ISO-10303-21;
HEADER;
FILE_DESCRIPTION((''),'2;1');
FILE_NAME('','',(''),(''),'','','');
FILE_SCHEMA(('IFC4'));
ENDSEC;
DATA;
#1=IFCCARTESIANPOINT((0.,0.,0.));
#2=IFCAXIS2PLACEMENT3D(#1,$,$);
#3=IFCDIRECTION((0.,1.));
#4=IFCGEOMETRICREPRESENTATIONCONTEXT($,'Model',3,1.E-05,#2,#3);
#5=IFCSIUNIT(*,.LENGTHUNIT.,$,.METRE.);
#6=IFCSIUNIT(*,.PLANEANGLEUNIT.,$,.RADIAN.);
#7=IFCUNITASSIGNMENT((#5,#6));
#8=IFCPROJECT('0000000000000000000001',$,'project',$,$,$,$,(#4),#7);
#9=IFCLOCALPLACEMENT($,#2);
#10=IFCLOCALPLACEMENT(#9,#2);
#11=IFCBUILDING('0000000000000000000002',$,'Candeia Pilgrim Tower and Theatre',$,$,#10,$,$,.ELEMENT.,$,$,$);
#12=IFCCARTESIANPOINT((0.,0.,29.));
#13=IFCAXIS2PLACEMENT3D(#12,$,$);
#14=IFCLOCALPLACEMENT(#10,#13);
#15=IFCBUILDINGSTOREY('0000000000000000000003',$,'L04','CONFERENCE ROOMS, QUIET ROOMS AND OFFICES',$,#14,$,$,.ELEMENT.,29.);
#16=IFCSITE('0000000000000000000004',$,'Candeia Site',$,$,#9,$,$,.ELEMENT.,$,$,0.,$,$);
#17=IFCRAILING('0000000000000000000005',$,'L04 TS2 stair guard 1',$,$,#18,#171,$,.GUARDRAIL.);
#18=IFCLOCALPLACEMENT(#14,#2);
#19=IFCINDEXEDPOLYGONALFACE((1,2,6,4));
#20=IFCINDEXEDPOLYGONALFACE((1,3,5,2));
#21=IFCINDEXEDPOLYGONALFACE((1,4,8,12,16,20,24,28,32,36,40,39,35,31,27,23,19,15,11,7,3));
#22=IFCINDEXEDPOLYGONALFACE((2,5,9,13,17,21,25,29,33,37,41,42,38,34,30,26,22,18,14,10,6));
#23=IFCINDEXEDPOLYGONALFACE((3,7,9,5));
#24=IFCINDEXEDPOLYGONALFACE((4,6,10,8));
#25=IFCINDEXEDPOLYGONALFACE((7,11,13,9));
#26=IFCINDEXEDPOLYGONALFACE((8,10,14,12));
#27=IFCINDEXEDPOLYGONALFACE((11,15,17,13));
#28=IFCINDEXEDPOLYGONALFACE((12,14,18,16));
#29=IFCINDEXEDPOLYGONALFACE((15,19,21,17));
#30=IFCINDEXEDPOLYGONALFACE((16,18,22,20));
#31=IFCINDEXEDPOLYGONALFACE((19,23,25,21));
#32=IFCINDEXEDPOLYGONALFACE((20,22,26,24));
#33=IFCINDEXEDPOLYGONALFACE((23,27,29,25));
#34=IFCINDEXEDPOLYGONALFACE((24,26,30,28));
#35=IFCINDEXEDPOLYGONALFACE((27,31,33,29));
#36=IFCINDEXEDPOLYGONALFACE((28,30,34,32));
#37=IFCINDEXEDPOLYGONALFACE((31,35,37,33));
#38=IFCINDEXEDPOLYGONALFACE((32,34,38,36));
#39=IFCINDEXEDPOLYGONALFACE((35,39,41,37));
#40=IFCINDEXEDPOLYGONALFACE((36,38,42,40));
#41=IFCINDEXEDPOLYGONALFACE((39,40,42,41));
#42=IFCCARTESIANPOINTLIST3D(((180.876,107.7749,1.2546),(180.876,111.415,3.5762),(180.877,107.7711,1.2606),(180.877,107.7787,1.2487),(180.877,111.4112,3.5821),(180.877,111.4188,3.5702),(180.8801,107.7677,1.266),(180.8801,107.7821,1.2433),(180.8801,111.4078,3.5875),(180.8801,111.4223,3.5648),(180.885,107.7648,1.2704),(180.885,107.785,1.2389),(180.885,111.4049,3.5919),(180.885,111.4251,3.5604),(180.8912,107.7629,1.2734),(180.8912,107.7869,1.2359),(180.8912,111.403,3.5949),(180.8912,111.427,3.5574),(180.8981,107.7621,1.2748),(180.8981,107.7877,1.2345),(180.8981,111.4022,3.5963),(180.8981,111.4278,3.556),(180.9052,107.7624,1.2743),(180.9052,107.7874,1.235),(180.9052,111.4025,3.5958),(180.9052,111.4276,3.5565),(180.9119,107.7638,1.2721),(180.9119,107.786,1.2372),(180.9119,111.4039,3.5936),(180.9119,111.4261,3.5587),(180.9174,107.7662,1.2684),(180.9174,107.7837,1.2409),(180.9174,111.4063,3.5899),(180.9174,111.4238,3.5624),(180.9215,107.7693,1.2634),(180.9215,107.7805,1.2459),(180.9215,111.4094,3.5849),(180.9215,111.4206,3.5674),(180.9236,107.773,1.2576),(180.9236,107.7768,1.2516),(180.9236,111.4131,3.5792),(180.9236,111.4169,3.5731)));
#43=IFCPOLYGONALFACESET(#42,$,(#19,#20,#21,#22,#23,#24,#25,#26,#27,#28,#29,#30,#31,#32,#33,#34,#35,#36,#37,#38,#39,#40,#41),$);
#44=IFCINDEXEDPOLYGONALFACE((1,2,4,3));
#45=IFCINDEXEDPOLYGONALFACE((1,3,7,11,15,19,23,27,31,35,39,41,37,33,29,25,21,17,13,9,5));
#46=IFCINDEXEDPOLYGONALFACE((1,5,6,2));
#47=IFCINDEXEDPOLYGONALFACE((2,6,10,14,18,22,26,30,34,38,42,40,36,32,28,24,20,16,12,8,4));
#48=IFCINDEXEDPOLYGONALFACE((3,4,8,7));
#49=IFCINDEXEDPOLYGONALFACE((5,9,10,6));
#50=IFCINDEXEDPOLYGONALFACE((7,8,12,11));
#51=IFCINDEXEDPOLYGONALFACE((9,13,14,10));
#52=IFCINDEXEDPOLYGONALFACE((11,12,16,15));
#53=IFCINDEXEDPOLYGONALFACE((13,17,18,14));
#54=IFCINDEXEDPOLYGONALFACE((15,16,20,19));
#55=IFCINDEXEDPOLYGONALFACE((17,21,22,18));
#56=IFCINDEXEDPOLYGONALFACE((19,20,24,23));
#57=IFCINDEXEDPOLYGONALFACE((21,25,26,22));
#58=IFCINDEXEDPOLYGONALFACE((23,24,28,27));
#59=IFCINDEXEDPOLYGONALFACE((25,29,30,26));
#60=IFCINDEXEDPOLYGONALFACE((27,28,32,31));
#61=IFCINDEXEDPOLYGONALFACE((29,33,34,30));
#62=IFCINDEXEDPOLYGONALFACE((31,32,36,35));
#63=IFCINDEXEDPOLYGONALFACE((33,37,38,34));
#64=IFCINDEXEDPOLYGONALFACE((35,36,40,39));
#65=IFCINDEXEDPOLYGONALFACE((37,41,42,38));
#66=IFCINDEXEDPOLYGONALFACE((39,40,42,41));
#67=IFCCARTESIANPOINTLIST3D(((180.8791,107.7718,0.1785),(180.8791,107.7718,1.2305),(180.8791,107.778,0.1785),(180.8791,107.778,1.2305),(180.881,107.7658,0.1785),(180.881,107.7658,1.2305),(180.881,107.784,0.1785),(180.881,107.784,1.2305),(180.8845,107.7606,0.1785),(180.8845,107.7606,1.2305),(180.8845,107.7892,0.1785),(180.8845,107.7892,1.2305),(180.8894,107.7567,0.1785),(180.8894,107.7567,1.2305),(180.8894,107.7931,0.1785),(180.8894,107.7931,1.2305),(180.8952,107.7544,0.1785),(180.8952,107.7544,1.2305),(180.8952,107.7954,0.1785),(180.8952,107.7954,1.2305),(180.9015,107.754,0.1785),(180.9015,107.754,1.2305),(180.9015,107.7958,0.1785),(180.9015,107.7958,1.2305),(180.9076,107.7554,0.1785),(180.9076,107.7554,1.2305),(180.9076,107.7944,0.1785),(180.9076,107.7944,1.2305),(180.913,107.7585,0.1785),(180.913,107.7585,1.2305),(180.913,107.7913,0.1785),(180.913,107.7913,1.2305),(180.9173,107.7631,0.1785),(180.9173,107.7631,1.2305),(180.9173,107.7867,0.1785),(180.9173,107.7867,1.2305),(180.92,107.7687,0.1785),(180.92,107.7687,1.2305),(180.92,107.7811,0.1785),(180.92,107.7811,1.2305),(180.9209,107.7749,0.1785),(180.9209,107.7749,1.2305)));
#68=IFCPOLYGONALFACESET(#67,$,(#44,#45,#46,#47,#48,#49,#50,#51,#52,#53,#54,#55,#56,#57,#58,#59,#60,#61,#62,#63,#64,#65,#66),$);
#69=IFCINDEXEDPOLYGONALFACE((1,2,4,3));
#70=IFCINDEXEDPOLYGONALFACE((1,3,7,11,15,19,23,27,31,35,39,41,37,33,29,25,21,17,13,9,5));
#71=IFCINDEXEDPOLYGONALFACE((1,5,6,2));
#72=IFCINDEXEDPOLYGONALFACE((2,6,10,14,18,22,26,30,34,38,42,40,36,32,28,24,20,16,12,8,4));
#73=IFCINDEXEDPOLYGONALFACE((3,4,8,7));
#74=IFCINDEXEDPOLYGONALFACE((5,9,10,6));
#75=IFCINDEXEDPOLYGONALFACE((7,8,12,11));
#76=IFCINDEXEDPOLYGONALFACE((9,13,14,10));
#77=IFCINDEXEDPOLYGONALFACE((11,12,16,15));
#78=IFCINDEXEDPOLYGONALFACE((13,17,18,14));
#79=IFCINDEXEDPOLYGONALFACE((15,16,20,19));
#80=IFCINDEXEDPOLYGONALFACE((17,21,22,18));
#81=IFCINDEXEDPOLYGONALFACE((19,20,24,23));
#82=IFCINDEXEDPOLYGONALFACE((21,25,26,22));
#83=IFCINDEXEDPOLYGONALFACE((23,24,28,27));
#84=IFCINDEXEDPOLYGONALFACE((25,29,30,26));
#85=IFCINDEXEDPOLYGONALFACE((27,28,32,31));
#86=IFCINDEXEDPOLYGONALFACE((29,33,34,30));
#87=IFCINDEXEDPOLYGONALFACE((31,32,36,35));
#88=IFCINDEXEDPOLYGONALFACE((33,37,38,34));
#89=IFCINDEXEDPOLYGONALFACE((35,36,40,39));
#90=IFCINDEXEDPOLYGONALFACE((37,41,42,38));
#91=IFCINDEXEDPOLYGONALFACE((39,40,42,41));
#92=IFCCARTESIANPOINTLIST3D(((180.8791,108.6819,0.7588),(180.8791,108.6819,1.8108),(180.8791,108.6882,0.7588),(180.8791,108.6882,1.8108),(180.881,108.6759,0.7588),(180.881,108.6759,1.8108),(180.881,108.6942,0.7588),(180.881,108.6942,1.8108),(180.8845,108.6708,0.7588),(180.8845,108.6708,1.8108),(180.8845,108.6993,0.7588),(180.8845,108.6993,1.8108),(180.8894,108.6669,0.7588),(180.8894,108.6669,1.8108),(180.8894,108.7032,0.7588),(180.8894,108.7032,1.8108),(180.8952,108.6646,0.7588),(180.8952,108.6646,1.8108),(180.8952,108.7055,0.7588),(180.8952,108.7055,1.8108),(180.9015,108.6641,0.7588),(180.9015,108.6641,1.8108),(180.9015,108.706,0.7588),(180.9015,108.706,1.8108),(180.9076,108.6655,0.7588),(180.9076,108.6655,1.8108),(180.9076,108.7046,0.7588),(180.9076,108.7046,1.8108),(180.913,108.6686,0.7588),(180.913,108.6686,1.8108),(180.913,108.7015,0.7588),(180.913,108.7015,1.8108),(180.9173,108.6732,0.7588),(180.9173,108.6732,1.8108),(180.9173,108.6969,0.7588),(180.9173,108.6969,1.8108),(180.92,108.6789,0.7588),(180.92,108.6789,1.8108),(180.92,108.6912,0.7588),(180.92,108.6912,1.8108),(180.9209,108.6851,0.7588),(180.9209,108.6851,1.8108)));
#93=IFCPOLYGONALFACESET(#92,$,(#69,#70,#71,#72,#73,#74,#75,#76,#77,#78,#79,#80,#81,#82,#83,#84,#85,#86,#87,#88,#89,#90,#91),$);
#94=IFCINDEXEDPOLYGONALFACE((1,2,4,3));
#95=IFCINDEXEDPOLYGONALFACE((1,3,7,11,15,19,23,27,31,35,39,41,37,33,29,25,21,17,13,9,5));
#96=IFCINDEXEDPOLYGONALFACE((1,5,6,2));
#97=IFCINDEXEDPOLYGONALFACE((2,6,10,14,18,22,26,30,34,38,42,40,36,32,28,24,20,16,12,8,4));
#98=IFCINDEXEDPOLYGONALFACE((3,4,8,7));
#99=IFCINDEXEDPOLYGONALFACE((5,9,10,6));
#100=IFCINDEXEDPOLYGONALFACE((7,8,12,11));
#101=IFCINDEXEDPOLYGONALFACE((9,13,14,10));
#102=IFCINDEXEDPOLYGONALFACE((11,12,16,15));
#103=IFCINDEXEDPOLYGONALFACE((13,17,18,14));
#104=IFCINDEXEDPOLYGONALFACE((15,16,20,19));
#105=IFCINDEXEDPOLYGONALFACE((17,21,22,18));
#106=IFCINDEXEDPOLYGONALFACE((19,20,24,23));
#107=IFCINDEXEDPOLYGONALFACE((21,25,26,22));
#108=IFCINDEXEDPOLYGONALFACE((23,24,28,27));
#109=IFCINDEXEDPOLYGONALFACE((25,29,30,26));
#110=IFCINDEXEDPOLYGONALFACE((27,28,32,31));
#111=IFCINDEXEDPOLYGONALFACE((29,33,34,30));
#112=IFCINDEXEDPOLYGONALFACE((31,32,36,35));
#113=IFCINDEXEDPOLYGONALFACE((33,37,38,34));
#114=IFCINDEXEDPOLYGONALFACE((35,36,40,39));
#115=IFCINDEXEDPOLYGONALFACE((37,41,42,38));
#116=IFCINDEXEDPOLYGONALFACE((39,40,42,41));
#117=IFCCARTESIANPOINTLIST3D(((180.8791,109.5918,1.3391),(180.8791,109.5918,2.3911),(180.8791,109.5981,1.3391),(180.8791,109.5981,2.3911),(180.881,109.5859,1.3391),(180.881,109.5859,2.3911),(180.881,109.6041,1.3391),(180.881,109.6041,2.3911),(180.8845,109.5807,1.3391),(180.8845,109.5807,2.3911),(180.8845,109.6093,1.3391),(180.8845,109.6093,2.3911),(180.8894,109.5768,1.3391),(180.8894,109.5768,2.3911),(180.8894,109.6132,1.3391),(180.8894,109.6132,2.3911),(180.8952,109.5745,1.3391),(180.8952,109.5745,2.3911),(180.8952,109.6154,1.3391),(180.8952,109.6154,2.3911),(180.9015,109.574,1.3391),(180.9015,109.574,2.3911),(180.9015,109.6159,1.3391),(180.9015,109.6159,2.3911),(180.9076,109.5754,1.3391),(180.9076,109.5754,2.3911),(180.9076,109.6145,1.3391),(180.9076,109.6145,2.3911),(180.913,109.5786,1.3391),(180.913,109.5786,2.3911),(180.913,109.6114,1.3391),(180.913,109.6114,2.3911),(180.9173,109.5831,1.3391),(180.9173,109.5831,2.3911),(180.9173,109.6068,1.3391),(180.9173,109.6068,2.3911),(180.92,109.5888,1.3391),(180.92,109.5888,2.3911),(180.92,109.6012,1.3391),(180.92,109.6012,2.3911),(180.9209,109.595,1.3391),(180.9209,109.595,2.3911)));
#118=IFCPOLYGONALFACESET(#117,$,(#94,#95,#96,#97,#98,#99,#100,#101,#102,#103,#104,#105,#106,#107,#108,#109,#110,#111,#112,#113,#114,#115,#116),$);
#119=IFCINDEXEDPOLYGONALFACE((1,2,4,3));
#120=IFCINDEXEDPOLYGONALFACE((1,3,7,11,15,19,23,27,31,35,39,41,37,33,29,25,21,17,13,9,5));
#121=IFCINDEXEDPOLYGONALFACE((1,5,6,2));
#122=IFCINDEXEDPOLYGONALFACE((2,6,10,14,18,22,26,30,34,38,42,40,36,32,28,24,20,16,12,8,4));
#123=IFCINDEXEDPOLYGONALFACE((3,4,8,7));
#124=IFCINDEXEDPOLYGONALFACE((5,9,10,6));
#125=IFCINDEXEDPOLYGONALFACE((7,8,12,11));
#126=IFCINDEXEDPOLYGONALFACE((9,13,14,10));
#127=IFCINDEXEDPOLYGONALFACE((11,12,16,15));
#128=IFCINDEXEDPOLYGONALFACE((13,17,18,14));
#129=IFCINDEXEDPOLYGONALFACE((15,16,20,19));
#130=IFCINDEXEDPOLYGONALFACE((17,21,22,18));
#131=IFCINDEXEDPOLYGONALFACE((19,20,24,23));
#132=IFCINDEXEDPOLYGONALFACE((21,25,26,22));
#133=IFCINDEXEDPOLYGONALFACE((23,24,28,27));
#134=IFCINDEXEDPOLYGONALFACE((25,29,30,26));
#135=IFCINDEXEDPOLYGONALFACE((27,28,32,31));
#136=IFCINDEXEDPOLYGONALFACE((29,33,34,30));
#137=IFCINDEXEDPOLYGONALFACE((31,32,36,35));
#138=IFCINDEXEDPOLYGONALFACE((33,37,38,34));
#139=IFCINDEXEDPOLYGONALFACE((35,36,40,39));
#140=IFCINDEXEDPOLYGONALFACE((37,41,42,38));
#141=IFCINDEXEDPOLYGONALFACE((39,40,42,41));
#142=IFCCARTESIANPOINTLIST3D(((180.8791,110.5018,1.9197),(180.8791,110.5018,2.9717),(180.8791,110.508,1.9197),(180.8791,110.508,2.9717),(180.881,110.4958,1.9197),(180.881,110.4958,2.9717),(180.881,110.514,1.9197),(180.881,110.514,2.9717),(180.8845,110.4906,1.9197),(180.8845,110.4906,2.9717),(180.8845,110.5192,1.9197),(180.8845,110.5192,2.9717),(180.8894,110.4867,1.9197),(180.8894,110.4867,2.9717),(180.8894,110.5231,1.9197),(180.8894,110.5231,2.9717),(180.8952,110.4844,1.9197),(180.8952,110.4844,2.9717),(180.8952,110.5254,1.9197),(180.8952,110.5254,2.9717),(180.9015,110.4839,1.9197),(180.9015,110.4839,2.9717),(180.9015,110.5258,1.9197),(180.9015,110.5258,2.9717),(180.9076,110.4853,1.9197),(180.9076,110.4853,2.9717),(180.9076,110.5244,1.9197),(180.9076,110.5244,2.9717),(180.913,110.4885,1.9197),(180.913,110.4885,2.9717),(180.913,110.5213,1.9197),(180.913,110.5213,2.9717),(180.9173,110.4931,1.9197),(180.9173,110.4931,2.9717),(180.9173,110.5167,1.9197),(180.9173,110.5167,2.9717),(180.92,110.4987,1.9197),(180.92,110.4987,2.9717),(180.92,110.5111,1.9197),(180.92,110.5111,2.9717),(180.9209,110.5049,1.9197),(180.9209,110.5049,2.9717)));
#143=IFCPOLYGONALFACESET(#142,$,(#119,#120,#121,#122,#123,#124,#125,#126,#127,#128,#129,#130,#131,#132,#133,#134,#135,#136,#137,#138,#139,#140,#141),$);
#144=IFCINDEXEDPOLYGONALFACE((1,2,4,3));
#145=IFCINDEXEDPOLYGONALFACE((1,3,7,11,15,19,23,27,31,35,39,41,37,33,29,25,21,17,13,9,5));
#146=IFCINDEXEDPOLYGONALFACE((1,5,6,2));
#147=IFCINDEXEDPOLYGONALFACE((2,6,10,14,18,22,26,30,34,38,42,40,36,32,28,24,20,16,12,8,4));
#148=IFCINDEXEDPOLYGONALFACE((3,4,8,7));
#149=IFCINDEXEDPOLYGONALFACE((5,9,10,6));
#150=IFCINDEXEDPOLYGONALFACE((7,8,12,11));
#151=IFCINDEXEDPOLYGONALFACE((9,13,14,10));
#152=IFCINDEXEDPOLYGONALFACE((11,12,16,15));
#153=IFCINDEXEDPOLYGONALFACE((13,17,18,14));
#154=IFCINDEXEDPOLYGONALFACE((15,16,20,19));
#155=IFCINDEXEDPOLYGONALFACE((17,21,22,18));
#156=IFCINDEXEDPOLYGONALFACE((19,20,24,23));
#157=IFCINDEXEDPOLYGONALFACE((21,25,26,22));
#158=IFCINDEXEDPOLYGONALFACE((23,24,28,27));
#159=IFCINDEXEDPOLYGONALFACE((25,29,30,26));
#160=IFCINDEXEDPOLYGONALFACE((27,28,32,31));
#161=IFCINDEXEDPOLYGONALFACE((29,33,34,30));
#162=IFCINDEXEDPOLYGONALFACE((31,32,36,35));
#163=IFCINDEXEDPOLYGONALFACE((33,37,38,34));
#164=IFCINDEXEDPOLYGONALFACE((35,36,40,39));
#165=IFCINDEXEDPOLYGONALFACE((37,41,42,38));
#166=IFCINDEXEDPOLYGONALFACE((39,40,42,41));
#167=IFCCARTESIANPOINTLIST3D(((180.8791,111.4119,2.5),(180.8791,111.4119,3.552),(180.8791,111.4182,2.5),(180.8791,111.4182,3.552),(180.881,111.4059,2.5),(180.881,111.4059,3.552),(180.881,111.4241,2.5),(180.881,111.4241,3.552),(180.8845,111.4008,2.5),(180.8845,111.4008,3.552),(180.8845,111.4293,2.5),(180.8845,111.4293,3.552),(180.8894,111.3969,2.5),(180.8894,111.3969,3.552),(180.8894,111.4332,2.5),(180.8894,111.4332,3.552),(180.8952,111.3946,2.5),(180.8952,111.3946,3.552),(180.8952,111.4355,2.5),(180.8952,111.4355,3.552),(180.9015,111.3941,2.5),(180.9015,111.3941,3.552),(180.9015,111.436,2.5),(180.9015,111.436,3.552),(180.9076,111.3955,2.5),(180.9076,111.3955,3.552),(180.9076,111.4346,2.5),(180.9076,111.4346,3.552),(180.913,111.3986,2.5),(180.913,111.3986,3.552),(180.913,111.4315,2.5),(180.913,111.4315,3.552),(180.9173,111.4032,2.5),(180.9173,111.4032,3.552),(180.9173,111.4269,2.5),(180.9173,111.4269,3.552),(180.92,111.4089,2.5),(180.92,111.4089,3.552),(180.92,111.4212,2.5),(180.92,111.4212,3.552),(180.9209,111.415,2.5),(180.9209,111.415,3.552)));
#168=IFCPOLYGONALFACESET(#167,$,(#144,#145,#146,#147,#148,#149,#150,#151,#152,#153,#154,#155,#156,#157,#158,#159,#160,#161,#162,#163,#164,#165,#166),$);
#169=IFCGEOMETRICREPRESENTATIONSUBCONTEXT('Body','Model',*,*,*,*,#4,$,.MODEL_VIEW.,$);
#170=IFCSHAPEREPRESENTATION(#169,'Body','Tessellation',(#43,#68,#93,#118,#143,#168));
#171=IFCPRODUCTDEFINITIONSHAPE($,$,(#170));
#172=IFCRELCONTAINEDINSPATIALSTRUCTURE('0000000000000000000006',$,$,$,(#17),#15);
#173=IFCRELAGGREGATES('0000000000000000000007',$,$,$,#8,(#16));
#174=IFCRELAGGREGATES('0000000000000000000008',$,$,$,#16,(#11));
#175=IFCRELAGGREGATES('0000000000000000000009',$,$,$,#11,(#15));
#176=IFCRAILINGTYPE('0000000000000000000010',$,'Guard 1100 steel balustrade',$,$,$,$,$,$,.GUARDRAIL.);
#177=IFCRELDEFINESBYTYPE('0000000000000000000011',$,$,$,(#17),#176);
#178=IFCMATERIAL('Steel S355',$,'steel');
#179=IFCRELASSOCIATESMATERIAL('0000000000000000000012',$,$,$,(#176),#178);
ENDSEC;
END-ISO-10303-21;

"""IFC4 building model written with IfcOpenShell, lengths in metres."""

from ifc_helpers import new_model, si_unit, direction, frame, origin, origin_2d, place, context, subcontext, project, spatial, circle, extrude, material, type_object, element, save


model = new_model("IFC4")

# Units and contexts
model_context = context("Model", 3, precision=1e-05, world=origin(), true_north=direction((0.0, 1.0)))
body_context = subcontext(model_context, "Body", "Model", "MODEL_VIEW")
ifc_project = project(units=[si_unit("LENGTHUNIT", "METRE"), si_unit("PLANEANGLEUNIT", "RADIAN")], contexts=[model_context])

# Site, building, storey
site_placement = place(None, origin())
site = spatial("IfcSite", under=ifc_project, at=site_placement, Name="Candeia Site", CompositionType="ELEMENT", RefElevation=0.0)
building_placement = place(site_placement, origin())
building = spatial("IfcBuilding", under=site, at=building_placement, Name="Candeia Pilgrim Tower and Theatre", CompositionType="ELEMENT")
storey_placement = place(building_placement, frame((0.0, 0.0, 29.0)))
storey = spatial("IfcBuildingStorey", under=building, at=storey_placement, Name="L04", Description="CONFERENCE ROOMS, QUIET ROOMS AND OFFICES", CompositionType="ELEMENT", Elevation=29.0)

# Railing
ifc_material_1 = material(Name="Steel S355", Category="steel")
railing_type_1 = type_object("IfcRailingType", Name="Guard 1100 steel balustrade", PredefinedType="GUARDRAIL", material=ifc_material_1)
railing_1_placement = place(storey_placement, frame((180.8999, 107.7749, 0.1785)))
element("IfcRailing", 1, at=railing_1_placement, inside=storey, type_object=railing_type_1, Name="L04 TS2 stair guard 1", PredefinedType="GUARDRAIL", context=body_context, shape_type="SweptSolid", body=[
    extrude(circle(Radius=0.0239, at=origin_2d()), frame((0.0, 0.0, 1.0762), z_axis=(0.0, 0.843128, 0.537713), x_axis=(-1.0, 0.0, 0.0)), (0.0, 0.0, 1.0), 4.3174),
    extrude(circle(Radius=0.021, at=origin_2d()), origin(), (0.0, 0.0, 1.0), 1.052),
    extrude(circle(Radius=0.021, at=origin_2d()), frame((0.0, 0.9102, 0.5803)), (0.0, 0.0, 1.0), 1.052),
    extrude(circle(Radius=0.021, at=origin_2d()), frame((0.0, 1.8201, 1.1606)), (0.0, 0.0, 1.0), 1.052),
    extrude(circle(Radius=0.021, at=origin_2d()), frame((0.0, 2.73, 1.7412)), (0.0, 0.0, 1.0), 1.052),
    extrude(circle(Radius=0.021, at=origin_2d()), frame((0.0, 3.6401, 2.3215)), (0.0, 0.0, 1.0), 1.052),
])

save(model, "model.ifc")
